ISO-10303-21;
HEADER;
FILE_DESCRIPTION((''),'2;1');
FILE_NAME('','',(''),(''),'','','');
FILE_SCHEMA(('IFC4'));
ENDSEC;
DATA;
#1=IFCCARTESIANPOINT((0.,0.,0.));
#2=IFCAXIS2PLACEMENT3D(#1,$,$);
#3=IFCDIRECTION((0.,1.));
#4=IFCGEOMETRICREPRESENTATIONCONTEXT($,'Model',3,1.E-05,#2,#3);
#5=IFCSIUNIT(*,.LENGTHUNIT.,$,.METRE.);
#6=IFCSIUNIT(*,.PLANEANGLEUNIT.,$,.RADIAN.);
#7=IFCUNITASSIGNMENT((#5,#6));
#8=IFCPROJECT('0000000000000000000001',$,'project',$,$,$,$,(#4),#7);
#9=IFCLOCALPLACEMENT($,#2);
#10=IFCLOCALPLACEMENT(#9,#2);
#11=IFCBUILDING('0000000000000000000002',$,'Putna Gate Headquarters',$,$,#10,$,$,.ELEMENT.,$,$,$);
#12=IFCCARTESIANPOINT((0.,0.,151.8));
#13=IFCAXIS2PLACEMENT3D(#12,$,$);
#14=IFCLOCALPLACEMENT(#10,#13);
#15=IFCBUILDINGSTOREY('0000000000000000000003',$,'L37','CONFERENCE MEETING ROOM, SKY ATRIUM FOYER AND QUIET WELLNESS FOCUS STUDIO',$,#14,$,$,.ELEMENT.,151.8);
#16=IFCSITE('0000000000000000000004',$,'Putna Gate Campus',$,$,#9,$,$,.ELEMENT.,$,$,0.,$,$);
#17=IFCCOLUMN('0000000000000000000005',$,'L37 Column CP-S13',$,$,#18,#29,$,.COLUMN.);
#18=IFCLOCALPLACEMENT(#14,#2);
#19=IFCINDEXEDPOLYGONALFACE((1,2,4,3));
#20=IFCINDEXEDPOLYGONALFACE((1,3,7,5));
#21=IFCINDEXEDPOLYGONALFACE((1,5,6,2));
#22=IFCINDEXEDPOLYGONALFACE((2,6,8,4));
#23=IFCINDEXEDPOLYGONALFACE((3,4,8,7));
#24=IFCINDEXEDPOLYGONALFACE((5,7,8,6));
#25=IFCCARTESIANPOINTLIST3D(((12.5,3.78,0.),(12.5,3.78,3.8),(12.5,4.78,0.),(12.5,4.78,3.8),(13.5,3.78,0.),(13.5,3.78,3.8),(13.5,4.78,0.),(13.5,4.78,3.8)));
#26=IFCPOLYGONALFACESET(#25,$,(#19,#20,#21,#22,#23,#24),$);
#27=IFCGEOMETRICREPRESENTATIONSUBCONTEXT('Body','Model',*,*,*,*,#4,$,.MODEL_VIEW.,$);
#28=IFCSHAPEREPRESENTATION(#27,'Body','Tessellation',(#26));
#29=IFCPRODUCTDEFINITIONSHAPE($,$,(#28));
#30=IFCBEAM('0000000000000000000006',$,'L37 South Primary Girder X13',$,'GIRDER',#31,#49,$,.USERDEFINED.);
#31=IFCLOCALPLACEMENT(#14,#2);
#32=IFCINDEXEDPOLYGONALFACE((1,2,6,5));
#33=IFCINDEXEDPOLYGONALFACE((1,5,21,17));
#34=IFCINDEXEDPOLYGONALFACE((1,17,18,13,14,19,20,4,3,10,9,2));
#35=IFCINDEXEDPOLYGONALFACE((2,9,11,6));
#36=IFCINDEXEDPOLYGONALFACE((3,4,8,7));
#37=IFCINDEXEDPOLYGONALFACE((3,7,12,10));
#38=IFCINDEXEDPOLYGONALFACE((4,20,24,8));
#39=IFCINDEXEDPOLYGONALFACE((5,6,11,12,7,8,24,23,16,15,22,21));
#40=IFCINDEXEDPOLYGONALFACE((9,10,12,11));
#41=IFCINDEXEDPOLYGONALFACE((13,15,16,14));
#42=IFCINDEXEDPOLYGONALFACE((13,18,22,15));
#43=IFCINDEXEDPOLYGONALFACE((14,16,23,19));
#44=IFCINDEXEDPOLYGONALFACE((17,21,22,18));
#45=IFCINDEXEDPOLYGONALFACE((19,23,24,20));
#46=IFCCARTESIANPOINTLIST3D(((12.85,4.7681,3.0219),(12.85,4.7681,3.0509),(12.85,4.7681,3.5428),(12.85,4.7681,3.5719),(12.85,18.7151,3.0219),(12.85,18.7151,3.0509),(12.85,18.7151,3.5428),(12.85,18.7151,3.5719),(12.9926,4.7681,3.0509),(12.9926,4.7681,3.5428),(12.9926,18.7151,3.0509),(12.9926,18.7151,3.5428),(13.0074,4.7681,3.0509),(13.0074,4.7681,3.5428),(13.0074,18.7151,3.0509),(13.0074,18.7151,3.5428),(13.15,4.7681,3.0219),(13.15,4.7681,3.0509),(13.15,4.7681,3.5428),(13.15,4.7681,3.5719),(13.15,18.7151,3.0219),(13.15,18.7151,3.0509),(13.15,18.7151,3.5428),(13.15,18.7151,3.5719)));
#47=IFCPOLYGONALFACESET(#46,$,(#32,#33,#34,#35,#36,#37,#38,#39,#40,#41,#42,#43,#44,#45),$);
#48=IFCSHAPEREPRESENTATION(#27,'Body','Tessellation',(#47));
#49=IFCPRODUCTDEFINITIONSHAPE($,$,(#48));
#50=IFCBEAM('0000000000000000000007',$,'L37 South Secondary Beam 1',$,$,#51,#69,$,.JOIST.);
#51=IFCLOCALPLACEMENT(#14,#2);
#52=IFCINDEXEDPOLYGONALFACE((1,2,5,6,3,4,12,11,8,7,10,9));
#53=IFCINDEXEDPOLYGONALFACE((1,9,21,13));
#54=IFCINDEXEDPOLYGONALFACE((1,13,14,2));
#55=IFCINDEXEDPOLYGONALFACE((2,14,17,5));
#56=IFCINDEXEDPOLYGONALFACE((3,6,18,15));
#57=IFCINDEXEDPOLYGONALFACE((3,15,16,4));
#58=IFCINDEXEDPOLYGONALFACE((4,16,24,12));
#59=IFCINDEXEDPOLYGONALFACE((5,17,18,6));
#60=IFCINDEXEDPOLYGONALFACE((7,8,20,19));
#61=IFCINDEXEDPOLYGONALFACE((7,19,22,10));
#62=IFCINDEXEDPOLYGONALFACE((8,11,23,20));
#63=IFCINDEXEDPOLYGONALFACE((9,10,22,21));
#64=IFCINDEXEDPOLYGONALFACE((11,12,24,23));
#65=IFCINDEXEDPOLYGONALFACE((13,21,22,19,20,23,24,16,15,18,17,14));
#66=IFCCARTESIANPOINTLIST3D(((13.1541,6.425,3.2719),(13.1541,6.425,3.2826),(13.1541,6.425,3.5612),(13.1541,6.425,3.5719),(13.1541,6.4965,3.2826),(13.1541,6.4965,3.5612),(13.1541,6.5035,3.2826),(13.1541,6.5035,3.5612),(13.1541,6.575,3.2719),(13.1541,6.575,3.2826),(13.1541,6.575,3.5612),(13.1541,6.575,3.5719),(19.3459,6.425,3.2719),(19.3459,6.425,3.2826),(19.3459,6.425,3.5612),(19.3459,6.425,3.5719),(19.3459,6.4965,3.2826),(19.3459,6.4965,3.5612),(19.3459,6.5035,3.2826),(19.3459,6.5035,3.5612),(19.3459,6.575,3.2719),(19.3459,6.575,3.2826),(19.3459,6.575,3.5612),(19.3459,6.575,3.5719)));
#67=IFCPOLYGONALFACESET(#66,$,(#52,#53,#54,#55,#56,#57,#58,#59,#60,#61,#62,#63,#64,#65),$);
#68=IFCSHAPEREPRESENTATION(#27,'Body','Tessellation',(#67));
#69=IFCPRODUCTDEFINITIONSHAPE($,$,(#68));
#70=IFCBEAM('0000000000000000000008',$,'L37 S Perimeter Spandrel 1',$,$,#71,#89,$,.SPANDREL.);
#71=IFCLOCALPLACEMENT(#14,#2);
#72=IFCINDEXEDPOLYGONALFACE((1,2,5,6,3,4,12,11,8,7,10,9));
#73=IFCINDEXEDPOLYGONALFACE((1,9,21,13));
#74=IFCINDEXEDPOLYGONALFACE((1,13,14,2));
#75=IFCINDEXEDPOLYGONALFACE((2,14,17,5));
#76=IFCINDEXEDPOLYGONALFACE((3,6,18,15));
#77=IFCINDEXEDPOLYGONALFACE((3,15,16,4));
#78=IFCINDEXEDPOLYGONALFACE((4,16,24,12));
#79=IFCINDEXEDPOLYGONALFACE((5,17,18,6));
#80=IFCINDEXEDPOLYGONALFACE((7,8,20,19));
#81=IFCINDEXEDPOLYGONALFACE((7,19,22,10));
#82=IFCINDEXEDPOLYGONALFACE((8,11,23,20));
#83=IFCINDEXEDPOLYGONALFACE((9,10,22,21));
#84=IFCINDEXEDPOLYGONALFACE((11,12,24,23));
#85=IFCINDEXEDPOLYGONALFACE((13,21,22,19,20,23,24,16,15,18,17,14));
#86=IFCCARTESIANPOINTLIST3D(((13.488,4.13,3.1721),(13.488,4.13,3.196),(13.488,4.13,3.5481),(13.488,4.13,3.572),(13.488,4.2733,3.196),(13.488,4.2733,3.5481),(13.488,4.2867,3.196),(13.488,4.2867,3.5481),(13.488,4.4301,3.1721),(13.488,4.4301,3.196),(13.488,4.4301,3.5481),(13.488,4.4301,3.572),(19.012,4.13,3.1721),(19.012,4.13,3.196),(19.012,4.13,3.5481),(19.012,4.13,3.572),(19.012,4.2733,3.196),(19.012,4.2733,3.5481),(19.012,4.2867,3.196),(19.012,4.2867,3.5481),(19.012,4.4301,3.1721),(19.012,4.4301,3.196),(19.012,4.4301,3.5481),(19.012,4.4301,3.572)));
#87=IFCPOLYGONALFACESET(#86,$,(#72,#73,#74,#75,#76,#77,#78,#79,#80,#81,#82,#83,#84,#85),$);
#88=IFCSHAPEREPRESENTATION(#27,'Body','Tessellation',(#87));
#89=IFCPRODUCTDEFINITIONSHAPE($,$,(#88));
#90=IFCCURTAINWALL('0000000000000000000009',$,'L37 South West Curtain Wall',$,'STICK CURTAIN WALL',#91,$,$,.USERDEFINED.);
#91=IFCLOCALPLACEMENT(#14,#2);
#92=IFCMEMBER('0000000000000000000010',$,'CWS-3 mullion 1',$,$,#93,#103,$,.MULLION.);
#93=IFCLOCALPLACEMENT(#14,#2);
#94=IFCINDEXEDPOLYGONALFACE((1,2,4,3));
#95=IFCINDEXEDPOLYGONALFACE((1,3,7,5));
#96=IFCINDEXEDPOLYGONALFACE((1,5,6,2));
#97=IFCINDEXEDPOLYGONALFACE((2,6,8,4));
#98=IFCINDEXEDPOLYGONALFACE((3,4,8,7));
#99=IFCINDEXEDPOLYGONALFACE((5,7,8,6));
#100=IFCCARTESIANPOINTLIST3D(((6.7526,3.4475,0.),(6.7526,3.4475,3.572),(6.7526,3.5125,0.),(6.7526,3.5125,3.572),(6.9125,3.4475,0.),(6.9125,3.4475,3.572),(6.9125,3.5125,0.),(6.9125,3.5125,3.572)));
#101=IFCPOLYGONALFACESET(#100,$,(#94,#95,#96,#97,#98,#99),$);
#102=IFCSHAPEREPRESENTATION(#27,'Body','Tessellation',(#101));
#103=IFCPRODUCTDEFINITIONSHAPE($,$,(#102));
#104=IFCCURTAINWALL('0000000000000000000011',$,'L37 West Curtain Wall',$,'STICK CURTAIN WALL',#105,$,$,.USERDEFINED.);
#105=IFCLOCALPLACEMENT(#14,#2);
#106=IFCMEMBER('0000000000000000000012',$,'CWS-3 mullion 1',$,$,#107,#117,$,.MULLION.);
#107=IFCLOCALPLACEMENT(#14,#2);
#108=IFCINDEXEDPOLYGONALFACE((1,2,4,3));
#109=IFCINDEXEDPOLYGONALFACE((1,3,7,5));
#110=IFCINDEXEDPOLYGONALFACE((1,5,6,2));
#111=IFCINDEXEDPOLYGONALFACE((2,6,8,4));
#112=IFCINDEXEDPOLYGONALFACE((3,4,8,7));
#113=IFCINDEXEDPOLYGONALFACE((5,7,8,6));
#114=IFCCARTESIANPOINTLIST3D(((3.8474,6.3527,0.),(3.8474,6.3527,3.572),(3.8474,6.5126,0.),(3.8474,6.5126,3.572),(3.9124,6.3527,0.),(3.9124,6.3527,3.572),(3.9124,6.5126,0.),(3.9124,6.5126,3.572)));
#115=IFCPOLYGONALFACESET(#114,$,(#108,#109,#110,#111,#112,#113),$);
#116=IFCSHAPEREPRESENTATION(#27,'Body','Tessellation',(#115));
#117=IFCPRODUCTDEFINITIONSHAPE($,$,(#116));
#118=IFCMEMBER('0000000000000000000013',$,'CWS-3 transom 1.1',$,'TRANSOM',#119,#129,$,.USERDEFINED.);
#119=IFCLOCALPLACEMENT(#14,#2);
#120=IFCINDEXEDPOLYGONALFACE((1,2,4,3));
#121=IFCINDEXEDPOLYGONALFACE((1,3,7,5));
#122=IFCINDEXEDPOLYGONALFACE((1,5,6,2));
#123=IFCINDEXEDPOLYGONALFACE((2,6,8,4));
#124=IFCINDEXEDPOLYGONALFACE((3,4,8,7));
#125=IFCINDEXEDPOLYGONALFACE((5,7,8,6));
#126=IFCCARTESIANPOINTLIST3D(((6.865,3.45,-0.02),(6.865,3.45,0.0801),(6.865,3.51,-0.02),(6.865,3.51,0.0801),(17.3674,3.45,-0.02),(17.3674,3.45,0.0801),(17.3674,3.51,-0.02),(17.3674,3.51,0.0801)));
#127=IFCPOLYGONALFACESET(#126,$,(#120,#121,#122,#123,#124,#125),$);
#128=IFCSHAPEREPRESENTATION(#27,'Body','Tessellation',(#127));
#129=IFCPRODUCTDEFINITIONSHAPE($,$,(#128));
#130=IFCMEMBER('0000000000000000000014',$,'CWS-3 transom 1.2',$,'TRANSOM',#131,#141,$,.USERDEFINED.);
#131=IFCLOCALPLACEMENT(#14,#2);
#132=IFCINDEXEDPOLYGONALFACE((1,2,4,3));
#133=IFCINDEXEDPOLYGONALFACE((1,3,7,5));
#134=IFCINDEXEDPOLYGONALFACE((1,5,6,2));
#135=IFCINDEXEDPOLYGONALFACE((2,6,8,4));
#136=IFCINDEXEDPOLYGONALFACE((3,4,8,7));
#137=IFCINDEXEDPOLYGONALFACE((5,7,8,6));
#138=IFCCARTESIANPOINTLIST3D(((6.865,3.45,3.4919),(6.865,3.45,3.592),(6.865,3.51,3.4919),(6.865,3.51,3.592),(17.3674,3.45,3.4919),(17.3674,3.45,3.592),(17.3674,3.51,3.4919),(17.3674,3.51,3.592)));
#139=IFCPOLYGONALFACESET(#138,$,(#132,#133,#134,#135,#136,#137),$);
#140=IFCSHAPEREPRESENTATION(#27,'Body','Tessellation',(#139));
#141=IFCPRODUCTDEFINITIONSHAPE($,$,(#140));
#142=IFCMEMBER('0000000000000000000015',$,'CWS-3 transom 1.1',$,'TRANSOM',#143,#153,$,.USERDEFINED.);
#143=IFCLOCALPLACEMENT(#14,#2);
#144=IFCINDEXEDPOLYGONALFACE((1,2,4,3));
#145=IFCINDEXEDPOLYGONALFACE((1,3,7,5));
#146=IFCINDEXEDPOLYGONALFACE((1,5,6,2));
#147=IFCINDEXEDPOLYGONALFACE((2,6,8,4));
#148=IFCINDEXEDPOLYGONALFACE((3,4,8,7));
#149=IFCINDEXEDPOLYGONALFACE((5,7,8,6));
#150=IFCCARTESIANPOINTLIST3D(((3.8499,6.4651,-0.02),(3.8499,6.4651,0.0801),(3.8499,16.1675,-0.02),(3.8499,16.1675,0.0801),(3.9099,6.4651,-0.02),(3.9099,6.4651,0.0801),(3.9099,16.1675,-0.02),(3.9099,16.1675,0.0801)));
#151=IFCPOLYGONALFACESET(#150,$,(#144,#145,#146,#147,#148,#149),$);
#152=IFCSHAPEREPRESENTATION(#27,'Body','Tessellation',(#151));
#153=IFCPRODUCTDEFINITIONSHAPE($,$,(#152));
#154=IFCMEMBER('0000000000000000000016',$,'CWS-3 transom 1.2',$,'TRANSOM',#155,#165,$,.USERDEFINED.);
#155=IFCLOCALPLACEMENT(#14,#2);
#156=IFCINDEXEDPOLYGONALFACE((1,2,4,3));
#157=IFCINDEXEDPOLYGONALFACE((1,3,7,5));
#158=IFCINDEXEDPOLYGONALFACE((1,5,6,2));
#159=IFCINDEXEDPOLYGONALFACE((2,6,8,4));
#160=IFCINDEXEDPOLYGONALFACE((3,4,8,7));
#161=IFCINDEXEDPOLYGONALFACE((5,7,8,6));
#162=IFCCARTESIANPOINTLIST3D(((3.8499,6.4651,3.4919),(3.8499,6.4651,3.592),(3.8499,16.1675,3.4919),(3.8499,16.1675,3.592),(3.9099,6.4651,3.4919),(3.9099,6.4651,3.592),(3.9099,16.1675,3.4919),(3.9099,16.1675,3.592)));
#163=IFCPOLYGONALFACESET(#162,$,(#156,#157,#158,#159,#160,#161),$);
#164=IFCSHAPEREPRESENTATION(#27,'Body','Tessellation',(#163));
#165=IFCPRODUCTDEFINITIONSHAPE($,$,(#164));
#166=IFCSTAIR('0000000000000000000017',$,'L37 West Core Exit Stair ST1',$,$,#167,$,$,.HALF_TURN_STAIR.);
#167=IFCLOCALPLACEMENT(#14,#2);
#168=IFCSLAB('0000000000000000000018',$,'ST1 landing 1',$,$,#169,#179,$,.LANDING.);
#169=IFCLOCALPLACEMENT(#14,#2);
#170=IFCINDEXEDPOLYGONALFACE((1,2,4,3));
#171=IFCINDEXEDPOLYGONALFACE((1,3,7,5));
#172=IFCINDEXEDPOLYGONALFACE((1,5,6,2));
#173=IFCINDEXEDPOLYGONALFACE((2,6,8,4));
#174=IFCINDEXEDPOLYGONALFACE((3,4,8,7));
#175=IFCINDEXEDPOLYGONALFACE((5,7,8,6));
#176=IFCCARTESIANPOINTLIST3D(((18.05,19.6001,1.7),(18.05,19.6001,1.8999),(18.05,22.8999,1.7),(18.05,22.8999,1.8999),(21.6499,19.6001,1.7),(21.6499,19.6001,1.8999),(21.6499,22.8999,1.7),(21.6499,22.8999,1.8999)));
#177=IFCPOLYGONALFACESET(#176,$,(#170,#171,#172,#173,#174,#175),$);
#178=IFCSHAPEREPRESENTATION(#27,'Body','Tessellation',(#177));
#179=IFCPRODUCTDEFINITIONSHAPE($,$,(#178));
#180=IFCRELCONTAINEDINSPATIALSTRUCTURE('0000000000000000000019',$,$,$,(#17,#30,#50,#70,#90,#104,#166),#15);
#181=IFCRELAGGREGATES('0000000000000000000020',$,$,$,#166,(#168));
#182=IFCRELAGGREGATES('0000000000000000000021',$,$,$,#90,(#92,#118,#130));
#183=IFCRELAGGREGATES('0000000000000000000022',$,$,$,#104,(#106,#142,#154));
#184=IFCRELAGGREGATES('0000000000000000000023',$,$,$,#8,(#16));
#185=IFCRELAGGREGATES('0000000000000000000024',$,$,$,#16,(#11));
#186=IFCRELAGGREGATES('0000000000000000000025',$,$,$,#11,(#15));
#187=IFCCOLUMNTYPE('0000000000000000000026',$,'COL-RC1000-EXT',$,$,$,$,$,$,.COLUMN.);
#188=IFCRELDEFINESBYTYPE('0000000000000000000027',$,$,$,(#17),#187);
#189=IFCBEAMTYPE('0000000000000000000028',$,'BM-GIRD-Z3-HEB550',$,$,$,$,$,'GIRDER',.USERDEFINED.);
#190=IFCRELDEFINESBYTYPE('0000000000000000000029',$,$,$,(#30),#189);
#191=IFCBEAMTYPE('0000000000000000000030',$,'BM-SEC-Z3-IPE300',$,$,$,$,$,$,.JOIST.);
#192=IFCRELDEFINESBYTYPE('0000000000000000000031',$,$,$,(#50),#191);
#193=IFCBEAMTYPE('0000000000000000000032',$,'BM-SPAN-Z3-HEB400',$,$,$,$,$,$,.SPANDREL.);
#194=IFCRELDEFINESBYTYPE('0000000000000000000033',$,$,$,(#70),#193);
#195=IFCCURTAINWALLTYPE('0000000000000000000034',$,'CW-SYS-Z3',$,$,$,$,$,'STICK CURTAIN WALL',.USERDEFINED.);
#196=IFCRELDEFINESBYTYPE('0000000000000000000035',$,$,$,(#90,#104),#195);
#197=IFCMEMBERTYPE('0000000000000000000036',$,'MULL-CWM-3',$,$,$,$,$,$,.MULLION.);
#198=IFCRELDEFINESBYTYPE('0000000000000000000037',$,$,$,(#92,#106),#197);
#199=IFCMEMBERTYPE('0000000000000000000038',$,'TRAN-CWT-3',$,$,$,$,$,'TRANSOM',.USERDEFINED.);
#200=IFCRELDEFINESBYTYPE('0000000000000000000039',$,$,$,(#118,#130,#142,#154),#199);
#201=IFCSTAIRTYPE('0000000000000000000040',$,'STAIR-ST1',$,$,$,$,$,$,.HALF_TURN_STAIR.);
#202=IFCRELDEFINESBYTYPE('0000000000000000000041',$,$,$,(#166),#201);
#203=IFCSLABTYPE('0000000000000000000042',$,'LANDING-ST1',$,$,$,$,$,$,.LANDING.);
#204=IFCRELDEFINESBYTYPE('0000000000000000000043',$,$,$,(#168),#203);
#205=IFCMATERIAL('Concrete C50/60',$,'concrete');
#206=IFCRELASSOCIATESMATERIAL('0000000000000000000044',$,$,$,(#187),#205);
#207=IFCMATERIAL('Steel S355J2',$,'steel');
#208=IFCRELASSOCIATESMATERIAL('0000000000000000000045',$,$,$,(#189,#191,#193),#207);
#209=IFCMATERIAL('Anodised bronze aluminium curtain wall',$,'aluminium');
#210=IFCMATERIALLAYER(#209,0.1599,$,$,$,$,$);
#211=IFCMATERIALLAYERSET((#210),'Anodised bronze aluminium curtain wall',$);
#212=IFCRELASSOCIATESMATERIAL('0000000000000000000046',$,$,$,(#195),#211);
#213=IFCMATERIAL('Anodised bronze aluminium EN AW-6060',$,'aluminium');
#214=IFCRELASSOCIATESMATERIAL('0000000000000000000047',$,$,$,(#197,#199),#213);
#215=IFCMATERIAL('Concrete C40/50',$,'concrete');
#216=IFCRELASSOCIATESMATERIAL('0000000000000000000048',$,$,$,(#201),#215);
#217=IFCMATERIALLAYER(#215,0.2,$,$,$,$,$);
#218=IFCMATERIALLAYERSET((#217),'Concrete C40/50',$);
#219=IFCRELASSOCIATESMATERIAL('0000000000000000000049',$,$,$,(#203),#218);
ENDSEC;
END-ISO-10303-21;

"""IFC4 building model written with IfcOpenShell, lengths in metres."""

from ifc_helpers import new_model, si_unit, direction, frame, origin, origin_2d, place, context, subcontext, project, spatial, polyline, rectangle, i_section, outline, extrude, material, layer, layer_set, material_profile, profile_set, type_object, element, aggregate, save


model = new_model("IFC4")

# Units and contexts
model_context = context("Model", 3, precision=1e-05, world=origin(), true_north=direction((0.0, 1.0)))
body_context = subcontext(model_context, "Body", "Model", "MODEL_VIEW")
ifc_project = project(units=[si_unit("LENGTHUNIT", "METRE"), si_unit("PLANEANGLEUNIT", "RADIAN")], contexts=[model_context])

# Site, building, storey
site_placement = place(None, origin())
site = spatial("IfcSite", under=ifc_project, at=site_placement, Name="Putna Gate Campus", CompositionType="ELEMENT", RefElevation=0.0)
building_placement = place(site_placement, origin())
building = spatial("IfcBuilding", under=site, at=building_placement, Name="Putna Gate Headquarters", CompositionType="ELEMENT")
storey_placement = place(building_placement, frame((0.0, 0.0, 151.8)))
storey = spatial("IfcBuildingStorey", under=building, at=storey_placement, Name="L37", Description="CONFERENCE MEETING ROOM, SKY ATRIUM FOYER AND QUIET WELLNESS FOCUS STUDIO", CompositionType="ELEMENT", Elevation=151.8)

# Column
ifc_material_1 = material(Name="Concrete C50/60", Category="concrete")
ifc_material_profile_1 = material_profile(ifc_material_1, rectangle(XDim=1.0, YDim=1.0, at=origin_2d()), Name="Concrete C50/60")
ifc_profile_set_1 = profile_set([ifc_material_profile_1], Name="Concrete C50/60")
column_type = type_object("IfcColumnType", Name="COL-RC1000-EXT", PredefinedType="COLUMN", material=ifc_profile_set_1)
column_placement = place(storey_placement, frame((13.0, 4.28, 0.0), z_axis=(0.0, 0.0, 1.0), x_axis=(1.0, 0.0, 0.0)))
element("IfcColumn", 1, at=column_placement, inside=storey, type_object=column_type, Name="L37 Column CP-S13", PredefinedType="COLUMN", context=body_context, shape_type="SweptSolid", body=[
    extrude(rectangle(XDim=1.0, YDim=1.0, at=origin_2d()), origin(), (0.0, 0.0, 1.0), 3.8),
])

# Beams
ifc_material_2 = material(Name="Steel S355J2", Category="steel")
ifc_material_profile_2 = material_profile(ifc_material_2, i_section(OverallWidth=0.3, OverallDepth=0.55, WebThickness=0.0149, FlangeThickness=0.0291, at=origin_2d()), Name="Steel S355J2")
ifc_profile_set_2 = profile_set([ifc_material_profile_2], Name="Steel S355J2")
beam_type_1 = type_object("IfcBeamType", Name="BM-GIRD-Z3-HEB550", ElementType="GIRDER", PredefinedType="USERDEFINED", material=ifc_profile_set_2)
beam_1_placement = place(storey_placement, frame((13.0, 4.7681, 3.2969), z_axis=(0.0, 1.0, 0.0), x_axis=(-1.0, 0.0, 0.0)))
element("IfcBeam", 2, at=beam_1_placement, inside=storey, type_object=beam_type_1, Name="L37 South Primary Girder X13", ObjectType="GIRDER", PredefinedType="USERDEFINED", context=body_context, shape_type="SweptSolid", body=[
    extrude(i_section(OverallWidth=0.3, OverallDepth=0.55, WebThickness=0.0149, FlangeThickness=0.0291, at=origin_2d()), origin(), (0.0, 0.0, 1.0), 13.947),
])
ifc_material_profile_3 = material_profile(ifc_material_2, i_section(OverallWidth=0.1499, OverallDepth=0.3, WebThickness=0.0071, FlangeThickness=0.0107, at=origin_2d()), Name="Steel S355J2")
ifc_profile_set_3 = profile_set([ifc_material_profile_3], Name="Steel S355J2")
beam_type_2 = type_object("IfcBeamType", Name="BM-SEC-Z3-IPE300", PredefinedType="JOIST", material=ifc_profile_set_3)
beam_2_placement = place(storey_placement, frame((13.1541, 6.5, 3.4219), z_axis=(1.0, 0.0, 0.0), x_axis=(0.0, 1.0, 0.0)))
element("IfcBeam", 3, at=beam_2_placement, inside=storey, type_object=beam_type_2, Name="L37 South Secondary Beam 1", PredefinedType="JOIST", context=body_context, shape_type="SweptSolid", body=[
    extrude(i_section(OverallWidth=0.1499, OverallDepth=0.3, WebThickness=0.0071, FlangeThickness=0.0107, at=origin_2d()), origin(), (0.0, 0.0, 1.0), 6.1919),
])
ifc_material_profile_4 = material_profile(ifc_material_2, i_section(OverallWidth=0.3, OverallDepth=0.3999, WebThickness=0.0134, FlangeThickness=0.0239, at=origin_2d()), Name="Steel S355J2")
ifc_profile_set_4 = profile_set([ifc_material_profile_4], Name="Steel S355J2")
beam_type_3 = type_object("IfcBeamType", Name="BM-SPAN-Z3-HEB400", PredefinedType="SPANDREL", material=ifc_profile_set_4)
beam_3_placement = place(storey_placement, frame((13.488, 4.28, 3.3721), z_axis=(1.0, 0.0, 0.0), x_axis=(0.0, 1.0, 0.0)))
element("IfcBeam", 4, at=beam_3_placement, inside=storey, type_object=beam_type_3, Name="L37 S Perimeter Spandrel 1", PredefinedType="SPANDREL", context=body_context, shape_type="SweptSolid", body=[
    extrude(i_section(OverallWidth=0.3, OverallDepth=0.3999, WebThickness=0.0134, FlangeThickness=0.0239, at=origin_2d()), origin(), (0.0, 0.0, 1.0), 5.5239),
])

# Curtain walls, members
ifc_material_3 = material(Name="Anodised bronze aluminium curtain wall", Category="aluminium")
ifc_layer_1 = layer(ifc_material_3, 0.1599)
ifc_layer_set_1 = layer_set([ifc_layer_1], Name="Anodised bronze aluminium curtain wall")
curtain_wall_type = type_object("IfcCurtainWallType", Name="CW-SYS-Z3", ElementType="STICK CURTAIN WALL", PredefinedType="USERDEFINED", material=ifc_layer_set_1)
curtain_wall_1_placement = place(storey_placement, origin())
curtain_wall_1 = element("IfcCurtainWall", 5, at=curtain_wall_1_placement, inside=storey, type_object=curtain_wall_type, Name="L37 South West Curtain Wall", ObjectType="STICK CURTAIN WALL", PredefinedType="USERDEFINED")
ifc_material_4 = material(Name="Anodised bronze aluminium EN AW-6060", Category="aluminium")
ifc_material_profile_5 = material_profile(ifc_material_4, rectangle(XDim=0.0649, YDim=0.1599, at=origin_2d()), Name="Anodised bronze aluminium EN AW-6060")
ifc_profile_set_5 = profile_set([ifc_material_profile_5], Name="Anodised bronze aluminium EN AW-6060")
member_type_1 = type_object("IfcMemberType", Name="MULL-CWM-3", PredefinedType="MULLION", material=ifc_profile_set_5)
member_1_placement = place(storey_placement, frame((6.8325, 3.48, 0.0), z_axis=(0.0, 0.0, 1.0), x_axis=(0.0, 1.0, 0.0)))
member_1 = element("IfcMember", 6, at=member_1_placement, type_object=member_type_1, Name="CWS-3 mullion 1", PredefinedType="MULLION", context=body_context, shape_type="SweptSolid", body=[
    extrude(rectangle(XDim=0.0649, YDim=0.1599, at=origin_2d()), origin(), (0.0, 0.0, 1.0), 3.572),
])
curtain_wall_2_placement = place(storey_placement, origin())
curtain_wall_2 = element("IfcCurtainWall", 7, at=curtain_wall_2_placement, inside=storey, type_object=curtain_wall_type, Name="L37 West Curtain Wall", ObjectType="STICK CURTAIN WALL", PredefinedType="USERDEFINED")
member_2_placement = place(storey_placement, frame((3.8799, 6.4326, 0.0), z_axis=(0.0, 0.0, 1.0), x_axis=(-1.0, 0.0, 0.0)))
member_2 = element("IfcMember", 8, at=member_2_placement, type_object=member_type_1, Name="CWS-3 mullion 1", PredefinedType="MULLION", context=body_context, shape_type="SweptSolid", body=[
    extrude(rectangle(XDim=0.0649, YDim=0.1599, at=origin_2d()), origin(), (0.0, 0.0, 1.0), 3.572),
])

# Members
ifc_material_profile_6 = material_profile(ifc_material_4, rectangle(XDim=0.0601, YDim=0.1001, at=origin_2d()), Name="Anodised bronze aluminium EN AW-6060")
ifc_profile_set_6 = profile_set([ifc_material_profile_6], Name="Anodised bronze aluminium EN AW-6060")
member_type_2 = type_object("IfcMemberType", Name="TRAN-CWT-3", ElementType="TRANSOM", PredefinedType="USERDEFINED", material=ifc_profile_set_6)
member_3_placement = place(storey_placement, frame((6.865, 3.48, 0.03), z_axis=(1.0, 0.0, 0.0), x_axis=(0.0, 1.0, 0.0)))
member_3 = element("IfcMember", 9, at=member_3_placement, type_object=member_type_2, Name="CWS-3 transom 1.1", ObjectType="TRANSOM", PredefinedType="USERDEFINED", context=body_context, shape_type="SweptSolid", body=[
    extrude(rectangle(XDim=0.0601, YDim=0.1001, at=origin_2d()), origin(), (0.0, 0.0, 1.0), 10.5024),
])
member_4_placement = place(storey_placement, frame((6.865, 3.48, 3.542), z_axis=(1.0, 0.0, 0.0), x_axis=(0.0, 1.0, 0.0)))
member_4 = element("IfcMember", 10, at=member_4_placement, type_object=member_type_2, Name="CWS-3 transom 1.2", ObjectType="TRANSOM", PredefinedType="USERDEFINED", context=body_context, shape_type="SweptSolid", body=[
    extrude(rectangle(XDim=0.0601, YDim=0.1001, at=origin_2d()), origin(), (0.0, 0.0, 1.0), 10.5024),
])
member_5_placement = place(storey_placement, frame((3.8799, 6.4651, 0.03), z_axis=(0.0, 1.0, 0.0), x_axis=(-1.0, 0.0, 0.0)))
member_5 = element("IfcMember", 11, at=member_5_placement, type_object=member_type_2, Name="CWS-3 transom 1.1", ObjectType="TRANSOM", PredefinedType="USERDEFINED", context=body_context, shape_type="SweptSolid", body=[
    extrude(rectangle(XDim=0.0601, YDim=0.1001, at=origin_2d()), origin(), (0.0, 0.0, 1.0), 9.7024),
])
member_6_placement = place(storey_placement, frame((3.8799, 6.4651, 3.542), z_axis=(0.0, 1.0, 0.0), x_axis=(-1.0, 0.0, 0.0)))
member_6 = element("IfcMember", 12, at=member_6_placement, type_object=member_type_2, Name="CWS-3 transom 1.2", ObjectType="TRANSOM", PredefinedType="USERDEFINED", context=body_context, shape_type="SweptSolid", body=[
    extrude(rectangle(XDim=0.0601, YDim=0.1001, at=origin_2d()), origin(), (0.0, 0.0, 1.0), 9.7024),
])

# Stair, slab
ifc_material_5 = material(Name="Concrete C40/50", Category="concrete")
stair_type_1 = type_object("IfcStairType", Name="STAIR-ST1", PredefinedType="HALF_TURN_STAIR", material=ifc_material_5)
stair_1_placement = place(storey_placement, origin())
stair_1 = element("IfcStair", 13, at=stair_1_placement, inside=storey, type_object=stair_type_1, Name="L37 West Core Exit Stair ST1", PredefinedType="HALF_TURN_STAIR")
ifc_layer_2 = layer(ifc_material_5, 0.2)
ifc_layer_set_2 = layer_set([ifc_layer_2], Name="Concrete C40/50")
slab_type_1 = type_object("IfcSlabType", Name="LANDING-ST1", PredefinedType="LANDING", material=ifc_layer_set_2)
slab_1_placement = place(storey_placement, frame((0.0, 0.0, 1.7)))
slab_1 = element("IfcSlab", 14, at=slab_1_placement, type_object=slab_type_1, Name="ST1 landing 1", PredefinedType="LANDING", context=body_context, shape_type="SweptSolid", body=[
    extrude(outline(polyline([(18.05, 19.6001), (21.6499, 19.6001), (21.6499, 22.8999), (18.05, 22.8999), (18.05, 19.6001)])), origin(), (0.0, 0.0, 1.0), 0.2),
])
aggregate(stair_1, [slab_1])

aggregate(curtain_wall_1, [member_1, member_3, member_4])
aggregate(curtain_wall_2, [member_2, member_5, member_6])

save(model, "model.ifc")
